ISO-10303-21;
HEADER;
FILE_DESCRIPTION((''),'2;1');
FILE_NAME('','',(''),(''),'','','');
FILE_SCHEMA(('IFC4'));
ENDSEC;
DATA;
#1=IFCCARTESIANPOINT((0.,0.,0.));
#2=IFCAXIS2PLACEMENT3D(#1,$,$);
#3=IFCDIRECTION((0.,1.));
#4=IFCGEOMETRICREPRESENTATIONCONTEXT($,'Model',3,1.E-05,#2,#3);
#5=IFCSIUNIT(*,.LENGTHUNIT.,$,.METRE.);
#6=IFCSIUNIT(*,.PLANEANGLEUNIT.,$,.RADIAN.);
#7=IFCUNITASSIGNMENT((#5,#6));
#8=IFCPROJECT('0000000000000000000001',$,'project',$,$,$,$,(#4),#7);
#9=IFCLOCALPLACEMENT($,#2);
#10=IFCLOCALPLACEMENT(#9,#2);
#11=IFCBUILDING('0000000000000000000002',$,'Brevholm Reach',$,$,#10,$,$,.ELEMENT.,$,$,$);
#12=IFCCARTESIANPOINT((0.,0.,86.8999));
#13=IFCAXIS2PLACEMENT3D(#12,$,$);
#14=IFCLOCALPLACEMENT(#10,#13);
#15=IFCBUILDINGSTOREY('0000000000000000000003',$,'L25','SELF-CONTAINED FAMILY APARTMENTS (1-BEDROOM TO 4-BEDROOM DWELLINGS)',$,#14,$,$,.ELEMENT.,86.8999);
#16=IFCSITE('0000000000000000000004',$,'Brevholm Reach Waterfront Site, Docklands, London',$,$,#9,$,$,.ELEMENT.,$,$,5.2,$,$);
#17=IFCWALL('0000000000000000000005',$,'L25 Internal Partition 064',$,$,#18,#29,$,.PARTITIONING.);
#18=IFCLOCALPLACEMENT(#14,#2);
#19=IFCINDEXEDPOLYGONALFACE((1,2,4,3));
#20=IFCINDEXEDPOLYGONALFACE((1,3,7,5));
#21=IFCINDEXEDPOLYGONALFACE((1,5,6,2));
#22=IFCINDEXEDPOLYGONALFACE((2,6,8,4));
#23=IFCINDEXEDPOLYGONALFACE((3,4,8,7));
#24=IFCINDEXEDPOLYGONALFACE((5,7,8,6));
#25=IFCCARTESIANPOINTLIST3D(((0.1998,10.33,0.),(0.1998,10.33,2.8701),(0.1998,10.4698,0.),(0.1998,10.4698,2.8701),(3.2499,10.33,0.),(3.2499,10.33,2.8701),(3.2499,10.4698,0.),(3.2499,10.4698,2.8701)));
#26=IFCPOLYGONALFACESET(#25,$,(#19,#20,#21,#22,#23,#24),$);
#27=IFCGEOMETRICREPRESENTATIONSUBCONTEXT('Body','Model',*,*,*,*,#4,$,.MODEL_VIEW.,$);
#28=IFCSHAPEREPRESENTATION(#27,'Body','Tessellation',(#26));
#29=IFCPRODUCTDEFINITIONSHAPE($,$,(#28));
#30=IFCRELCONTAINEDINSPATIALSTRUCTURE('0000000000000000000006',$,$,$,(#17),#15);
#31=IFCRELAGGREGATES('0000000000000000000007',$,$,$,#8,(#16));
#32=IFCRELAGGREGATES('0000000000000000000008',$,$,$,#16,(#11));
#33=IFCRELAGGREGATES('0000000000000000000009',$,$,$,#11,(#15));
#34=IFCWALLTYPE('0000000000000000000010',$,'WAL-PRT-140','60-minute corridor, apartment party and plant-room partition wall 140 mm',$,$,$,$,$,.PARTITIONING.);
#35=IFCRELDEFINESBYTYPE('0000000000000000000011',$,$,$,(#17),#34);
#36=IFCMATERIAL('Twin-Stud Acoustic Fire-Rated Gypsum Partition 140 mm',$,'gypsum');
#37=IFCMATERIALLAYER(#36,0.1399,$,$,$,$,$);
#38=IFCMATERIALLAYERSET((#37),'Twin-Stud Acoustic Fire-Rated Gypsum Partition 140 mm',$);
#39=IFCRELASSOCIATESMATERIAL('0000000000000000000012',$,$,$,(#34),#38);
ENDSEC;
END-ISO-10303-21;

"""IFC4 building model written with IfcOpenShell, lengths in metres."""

from ifc_helpers import new_model, si_unit, direction, frame, frame_2d, origin, place, context, subcontext, project, spatial, rectangle, extrude, material, layer, layer_set, type_object, element, save


model = new_model("IFC4")

# Units and contexts
model_context = context("Model", 3, precision=1e-05, world=origin(), true_north=direction((0.0, 1.0)))
body_context = subcontext(model_context, "Body", "Model", "MODEL_VIEW")
ifc_project = project(units=[si_unit("LENGTHUNIT", "METRE"), si_unit("PLANEANGLEUNIT", "RADIAN")], contexts=[model_context])

# Site, building, storey
site_placement = place(None, origin())
site = spatial("IfcSite", under=ifc_project, at=site_placement, Name="Brevholm Reach Waterfront Site, Docklands, London", CompositionType="ELEMENT", RefElevation=5.2)
building_placement = place(site_placement, origin())
building = spatial("IfcBuilding", under=site, at=building_placement, Name="Brevholm Reach", CompositionType="ELEMENT")
storey_placement = place(building_placement, frame((0.0, 0.0, 86.8999)))
storey = spatial("IfcBuildingStorey", under=building, at=storey_placement, Name="L25", Description="SELF-CONTAINED FAMILY APARTMENTS (1-BEDROOM TO 4-BEDROOM DWELLINGS)", CompositionType="ELEMENT", Elevation=86.8999)

# Wall
ifc_material_1 = material(Name="Twin-Stud Acoustic Fire-Rated Gypsum Partition 140 mm", Category="gypsum")
ifc_layer_1 = layer(ifc_material_1, 0.1399)
ifc_layer_set_1 = layer_set([ifc_layer_1], Name="Twin-Stud Acoustic Fire-Rated Gypsum Partition 140 mm")
wall_type_1 = type_object("IfcWallType", Name="WAL-PRT-140", Description="60-minute corridor, apartment party and plant-room partition wall 140 mm", PredefinedType="PARTITIONING", material=ifc_layer_set_1)
wall_1_placement = place(storey_placement, frame((0.2, 10.3999, 0.0), z_axis=(0.0, 0.0, 1.0), x_axis=(1.0, 0.0, 0.0)))
element("IfcWall", 1, at=wall_1_placement, inside=storey, type_object=wall_type_1, Name="L25 Internal Partition 064", PredefinedType="PARTITIONING", context=body_context, shape_type="SweptSolid", body=[
    extrude(rectangle(XDim=3.05, YDim=0.1399, at=frame_2d((1.5249, 0.0))), origin(), (0.0, 0.0, 1.0), 2.8701),
])

save(model, "model.ifc")
